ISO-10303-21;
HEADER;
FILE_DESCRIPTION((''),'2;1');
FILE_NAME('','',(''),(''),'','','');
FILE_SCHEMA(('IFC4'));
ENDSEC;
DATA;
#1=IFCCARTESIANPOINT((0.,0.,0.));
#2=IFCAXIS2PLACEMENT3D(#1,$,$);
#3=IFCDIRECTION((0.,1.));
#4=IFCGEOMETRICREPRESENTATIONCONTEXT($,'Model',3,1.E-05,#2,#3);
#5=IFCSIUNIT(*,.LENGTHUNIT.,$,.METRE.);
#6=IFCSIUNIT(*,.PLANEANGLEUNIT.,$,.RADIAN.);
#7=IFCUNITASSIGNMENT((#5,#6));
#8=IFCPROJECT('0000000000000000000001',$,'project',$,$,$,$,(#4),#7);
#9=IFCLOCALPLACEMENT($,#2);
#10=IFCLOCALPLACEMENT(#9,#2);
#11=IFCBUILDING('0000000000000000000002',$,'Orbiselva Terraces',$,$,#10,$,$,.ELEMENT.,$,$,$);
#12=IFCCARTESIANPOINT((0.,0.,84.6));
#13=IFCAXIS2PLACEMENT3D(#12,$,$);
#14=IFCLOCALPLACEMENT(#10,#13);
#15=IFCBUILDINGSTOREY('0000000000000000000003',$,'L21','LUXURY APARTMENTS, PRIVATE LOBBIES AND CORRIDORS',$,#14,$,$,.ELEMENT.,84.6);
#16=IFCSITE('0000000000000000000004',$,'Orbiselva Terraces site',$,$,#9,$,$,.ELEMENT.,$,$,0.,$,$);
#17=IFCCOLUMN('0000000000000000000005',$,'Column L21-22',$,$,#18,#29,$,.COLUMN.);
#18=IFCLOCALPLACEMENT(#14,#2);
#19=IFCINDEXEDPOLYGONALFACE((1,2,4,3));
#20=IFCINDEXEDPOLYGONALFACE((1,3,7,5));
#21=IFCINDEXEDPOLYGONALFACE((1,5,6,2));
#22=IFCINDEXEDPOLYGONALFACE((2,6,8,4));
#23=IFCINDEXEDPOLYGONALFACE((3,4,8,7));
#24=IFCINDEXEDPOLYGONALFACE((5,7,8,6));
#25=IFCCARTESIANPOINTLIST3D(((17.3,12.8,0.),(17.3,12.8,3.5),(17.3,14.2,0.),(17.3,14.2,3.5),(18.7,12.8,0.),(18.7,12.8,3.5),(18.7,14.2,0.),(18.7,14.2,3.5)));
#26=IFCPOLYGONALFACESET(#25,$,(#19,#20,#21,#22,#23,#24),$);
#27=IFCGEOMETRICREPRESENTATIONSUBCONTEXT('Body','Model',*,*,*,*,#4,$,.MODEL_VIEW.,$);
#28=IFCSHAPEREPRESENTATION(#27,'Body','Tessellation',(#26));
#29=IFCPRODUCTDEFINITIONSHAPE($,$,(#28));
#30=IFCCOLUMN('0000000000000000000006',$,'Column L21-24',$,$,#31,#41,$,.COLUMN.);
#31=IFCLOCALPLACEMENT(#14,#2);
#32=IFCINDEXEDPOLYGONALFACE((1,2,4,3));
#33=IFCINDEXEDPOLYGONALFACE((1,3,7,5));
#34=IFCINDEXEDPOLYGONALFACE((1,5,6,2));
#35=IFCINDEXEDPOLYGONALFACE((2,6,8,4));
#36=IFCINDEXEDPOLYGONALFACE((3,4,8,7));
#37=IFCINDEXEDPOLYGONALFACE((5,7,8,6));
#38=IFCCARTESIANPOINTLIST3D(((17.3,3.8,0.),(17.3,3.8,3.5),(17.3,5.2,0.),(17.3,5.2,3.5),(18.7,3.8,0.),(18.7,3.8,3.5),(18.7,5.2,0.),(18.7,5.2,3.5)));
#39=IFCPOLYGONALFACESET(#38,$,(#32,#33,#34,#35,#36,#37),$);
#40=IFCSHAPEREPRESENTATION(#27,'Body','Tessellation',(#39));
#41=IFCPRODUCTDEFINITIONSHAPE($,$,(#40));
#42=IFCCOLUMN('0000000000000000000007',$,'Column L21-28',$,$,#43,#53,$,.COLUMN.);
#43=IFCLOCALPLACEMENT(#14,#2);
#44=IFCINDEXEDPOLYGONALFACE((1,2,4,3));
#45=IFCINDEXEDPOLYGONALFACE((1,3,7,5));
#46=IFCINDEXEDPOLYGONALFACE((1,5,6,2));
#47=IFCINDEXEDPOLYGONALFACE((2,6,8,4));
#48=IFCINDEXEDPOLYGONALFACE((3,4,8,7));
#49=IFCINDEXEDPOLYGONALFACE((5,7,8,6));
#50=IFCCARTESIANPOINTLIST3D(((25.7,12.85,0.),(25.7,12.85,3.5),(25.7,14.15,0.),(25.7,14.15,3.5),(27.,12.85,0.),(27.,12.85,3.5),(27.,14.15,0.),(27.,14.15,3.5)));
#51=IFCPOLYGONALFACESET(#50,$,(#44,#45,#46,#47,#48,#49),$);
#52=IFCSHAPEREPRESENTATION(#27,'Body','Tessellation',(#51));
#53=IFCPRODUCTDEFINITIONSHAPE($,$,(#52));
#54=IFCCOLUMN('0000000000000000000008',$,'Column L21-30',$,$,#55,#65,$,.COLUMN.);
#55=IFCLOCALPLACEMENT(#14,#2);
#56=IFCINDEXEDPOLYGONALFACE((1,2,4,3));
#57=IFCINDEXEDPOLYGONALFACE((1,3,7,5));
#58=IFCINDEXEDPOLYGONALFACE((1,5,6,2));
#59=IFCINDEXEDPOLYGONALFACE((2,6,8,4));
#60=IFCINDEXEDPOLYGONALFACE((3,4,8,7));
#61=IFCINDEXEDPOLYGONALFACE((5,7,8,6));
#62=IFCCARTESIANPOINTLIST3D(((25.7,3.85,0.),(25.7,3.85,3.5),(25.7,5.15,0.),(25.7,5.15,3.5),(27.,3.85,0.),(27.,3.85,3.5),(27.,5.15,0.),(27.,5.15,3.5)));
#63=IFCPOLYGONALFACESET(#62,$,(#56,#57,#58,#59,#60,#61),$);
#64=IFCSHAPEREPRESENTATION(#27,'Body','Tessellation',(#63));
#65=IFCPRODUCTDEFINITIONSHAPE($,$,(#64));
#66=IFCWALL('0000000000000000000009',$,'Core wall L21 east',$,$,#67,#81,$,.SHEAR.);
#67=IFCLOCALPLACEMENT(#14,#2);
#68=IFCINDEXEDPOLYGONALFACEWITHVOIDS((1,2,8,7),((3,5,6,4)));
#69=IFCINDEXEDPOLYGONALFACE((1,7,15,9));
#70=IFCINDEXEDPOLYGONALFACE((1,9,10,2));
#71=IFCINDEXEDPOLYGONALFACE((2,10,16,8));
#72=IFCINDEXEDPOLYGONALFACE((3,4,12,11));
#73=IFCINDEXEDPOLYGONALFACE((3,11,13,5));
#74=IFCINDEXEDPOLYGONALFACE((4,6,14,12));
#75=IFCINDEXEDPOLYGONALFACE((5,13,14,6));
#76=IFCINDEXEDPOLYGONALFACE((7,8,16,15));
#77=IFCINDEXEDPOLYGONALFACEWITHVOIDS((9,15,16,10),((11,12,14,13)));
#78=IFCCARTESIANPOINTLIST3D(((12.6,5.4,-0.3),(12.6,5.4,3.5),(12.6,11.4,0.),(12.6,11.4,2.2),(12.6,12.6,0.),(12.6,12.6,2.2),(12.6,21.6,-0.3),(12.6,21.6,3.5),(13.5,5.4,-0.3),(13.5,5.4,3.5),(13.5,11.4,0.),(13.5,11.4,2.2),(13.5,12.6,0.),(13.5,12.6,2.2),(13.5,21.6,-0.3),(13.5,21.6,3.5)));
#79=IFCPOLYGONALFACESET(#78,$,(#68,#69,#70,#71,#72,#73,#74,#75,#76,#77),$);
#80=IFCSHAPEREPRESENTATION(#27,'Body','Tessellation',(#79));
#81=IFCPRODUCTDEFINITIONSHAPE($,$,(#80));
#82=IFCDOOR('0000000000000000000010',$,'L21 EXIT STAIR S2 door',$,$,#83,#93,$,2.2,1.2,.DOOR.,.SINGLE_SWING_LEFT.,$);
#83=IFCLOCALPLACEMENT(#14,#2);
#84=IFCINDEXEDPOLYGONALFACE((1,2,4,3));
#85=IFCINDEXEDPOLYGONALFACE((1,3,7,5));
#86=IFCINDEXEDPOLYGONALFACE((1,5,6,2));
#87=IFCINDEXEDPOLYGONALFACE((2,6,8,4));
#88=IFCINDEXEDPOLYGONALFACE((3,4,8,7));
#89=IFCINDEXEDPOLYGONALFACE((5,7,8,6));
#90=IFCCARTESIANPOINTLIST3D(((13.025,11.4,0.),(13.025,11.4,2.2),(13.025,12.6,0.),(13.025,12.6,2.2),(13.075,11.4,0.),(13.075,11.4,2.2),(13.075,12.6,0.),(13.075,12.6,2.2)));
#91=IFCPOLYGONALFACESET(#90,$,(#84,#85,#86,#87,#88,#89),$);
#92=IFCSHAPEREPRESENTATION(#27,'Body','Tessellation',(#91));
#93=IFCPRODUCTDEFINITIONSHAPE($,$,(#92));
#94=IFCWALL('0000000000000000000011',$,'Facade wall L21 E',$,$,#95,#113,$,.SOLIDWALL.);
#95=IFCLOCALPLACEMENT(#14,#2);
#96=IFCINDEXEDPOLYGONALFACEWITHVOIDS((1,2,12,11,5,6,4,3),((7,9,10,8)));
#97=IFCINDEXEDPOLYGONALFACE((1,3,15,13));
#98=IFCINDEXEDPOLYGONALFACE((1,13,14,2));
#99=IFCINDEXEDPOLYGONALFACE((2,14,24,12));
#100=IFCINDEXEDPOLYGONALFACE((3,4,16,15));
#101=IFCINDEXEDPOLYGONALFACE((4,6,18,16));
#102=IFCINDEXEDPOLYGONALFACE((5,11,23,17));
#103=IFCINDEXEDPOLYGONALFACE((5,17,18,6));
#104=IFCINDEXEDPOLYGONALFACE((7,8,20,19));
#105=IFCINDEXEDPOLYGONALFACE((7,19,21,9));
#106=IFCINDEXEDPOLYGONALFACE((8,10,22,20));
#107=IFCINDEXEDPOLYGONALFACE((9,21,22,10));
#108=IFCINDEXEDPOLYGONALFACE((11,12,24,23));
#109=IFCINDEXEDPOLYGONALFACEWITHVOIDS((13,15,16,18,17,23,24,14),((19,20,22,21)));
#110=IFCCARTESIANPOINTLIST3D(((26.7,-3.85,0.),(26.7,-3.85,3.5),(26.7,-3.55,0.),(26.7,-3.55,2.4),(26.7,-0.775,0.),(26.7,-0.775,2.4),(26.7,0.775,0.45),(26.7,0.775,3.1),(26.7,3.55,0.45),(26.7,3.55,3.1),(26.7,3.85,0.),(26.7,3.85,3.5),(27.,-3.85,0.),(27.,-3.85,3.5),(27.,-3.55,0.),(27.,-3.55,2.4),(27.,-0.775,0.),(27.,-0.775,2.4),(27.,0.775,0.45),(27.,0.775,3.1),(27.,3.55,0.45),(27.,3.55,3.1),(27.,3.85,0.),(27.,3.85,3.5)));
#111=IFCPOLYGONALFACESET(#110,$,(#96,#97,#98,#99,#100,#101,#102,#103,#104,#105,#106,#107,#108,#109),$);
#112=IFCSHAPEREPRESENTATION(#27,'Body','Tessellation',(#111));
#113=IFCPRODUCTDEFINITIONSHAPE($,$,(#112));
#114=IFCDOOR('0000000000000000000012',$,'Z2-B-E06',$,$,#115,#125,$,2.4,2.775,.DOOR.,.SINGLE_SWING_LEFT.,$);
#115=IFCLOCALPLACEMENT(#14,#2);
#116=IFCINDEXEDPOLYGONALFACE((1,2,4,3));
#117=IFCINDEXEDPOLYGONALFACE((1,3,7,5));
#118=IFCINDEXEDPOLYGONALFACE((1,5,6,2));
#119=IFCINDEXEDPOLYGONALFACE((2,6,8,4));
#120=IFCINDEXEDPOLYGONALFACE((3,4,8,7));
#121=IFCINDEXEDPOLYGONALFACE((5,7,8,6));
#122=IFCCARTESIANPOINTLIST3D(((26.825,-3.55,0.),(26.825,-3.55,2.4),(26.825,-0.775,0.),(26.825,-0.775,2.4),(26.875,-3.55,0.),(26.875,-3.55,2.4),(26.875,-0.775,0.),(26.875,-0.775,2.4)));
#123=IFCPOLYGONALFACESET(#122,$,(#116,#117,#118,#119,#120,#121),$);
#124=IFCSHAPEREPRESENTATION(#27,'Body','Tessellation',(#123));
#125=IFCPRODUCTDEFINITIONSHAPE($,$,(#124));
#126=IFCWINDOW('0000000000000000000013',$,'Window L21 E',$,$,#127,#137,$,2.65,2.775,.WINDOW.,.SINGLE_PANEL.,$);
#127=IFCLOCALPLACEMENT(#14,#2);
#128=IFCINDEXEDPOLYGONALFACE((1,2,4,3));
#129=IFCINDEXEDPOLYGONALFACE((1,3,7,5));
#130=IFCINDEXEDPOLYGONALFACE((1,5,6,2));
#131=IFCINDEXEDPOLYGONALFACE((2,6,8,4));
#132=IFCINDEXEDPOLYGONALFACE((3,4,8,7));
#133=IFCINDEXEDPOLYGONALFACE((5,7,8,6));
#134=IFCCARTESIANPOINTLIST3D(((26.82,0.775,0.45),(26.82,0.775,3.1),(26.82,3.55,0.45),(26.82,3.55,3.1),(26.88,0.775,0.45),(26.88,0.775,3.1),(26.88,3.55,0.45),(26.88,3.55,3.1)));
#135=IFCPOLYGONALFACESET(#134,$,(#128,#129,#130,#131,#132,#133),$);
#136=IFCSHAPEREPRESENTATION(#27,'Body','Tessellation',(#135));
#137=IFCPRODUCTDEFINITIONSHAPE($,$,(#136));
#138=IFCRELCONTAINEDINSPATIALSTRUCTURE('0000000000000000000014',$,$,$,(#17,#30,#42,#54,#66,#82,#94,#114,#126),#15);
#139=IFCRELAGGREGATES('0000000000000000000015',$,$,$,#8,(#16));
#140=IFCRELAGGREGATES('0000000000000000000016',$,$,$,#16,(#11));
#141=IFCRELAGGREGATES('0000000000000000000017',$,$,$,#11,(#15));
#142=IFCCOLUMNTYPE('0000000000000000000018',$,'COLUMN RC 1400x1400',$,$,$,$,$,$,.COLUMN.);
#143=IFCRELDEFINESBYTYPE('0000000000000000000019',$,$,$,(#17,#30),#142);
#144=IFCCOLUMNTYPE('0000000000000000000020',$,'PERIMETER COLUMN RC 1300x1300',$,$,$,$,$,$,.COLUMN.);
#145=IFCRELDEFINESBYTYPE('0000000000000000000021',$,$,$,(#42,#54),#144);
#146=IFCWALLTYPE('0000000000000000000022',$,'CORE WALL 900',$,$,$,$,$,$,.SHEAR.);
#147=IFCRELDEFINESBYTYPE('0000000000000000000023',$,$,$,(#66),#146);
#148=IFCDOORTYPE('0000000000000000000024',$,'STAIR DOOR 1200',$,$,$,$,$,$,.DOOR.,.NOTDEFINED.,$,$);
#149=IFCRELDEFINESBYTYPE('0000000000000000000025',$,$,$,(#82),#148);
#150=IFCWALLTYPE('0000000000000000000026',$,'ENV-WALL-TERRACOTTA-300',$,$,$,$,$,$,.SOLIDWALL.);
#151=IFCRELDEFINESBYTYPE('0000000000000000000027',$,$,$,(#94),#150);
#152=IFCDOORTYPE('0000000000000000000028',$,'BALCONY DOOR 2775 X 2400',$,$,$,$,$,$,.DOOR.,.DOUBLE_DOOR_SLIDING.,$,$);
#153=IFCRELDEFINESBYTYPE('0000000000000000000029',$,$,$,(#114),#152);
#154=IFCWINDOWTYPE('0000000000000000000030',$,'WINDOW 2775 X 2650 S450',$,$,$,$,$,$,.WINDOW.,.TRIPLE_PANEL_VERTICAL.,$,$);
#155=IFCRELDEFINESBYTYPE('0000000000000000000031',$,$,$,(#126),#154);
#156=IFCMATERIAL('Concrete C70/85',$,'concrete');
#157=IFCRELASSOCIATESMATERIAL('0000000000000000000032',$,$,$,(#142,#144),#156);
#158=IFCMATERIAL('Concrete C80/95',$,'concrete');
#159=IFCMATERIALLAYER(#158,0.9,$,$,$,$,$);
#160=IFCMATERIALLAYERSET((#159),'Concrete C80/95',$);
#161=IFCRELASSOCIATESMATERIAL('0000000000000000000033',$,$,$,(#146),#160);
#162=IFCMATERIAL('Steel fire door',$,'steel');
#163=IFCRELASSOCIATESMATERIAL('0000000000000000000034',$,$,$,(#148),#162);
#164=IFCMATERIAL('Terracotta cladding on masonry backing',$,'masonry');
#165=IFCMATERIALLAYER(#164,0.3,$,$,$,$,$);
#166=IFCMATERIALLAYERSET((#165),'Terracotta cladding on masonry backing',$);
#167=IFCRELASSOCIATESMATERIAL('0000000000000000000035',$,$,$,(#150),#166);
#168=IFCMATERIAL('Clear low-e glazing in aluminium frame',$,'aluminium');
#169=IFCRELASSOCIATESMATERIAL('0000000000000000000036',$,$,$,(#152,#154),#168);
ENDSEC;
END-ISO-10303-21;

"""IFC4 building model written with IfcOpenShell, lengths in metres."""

from ifc_helpers import new_model, si_unit, direction, frame, frame_2d, origin, origin_2d, place, context, subcontext, project, spatial, rectangle, extrude, material, layer, layer_set, material_profile, profile_set, type_object, element, fill, save


model = new_model("IFC4")

# Units and contexts
model_context = context("Model", 3, precision=1e-05, world=origin(), true_north=direction((0.0, 1.0)))
body_context = subcontext(model_context, "Body", "Model", "MODEL_VIEW")
ifc_project = project(units=[si_unit("LENGTHUNIT", "METRE"), si_unit("PLANEANGLEUNIT", "RADIAN")], contexts=[model_context])

# Site, building, storey
site_placement = place(None, origin())
site = spatial("IfcSite", under=ifc_project, at=site_placement, Name="Orbiselva Terraces site", CompositionType="ELEMENT", RefElevation=0.0)
building_placement = place(site_placement, origin())
building = spatial("IfcBuilding", under=site, at=building_placement, Name="Orbiselva Terraces", CompositionType="ELEMENT")
storey_placement = place(building_placement, frame((0.0, 0.0, 84.6)))
storey = spatial("IfcBuildingStorey", under=building, at=storey_placement, Name="L21", Description="LUXURY APARTMENTS, PRIVATE LOBBIES AND CORRIDORS", CompositionType="ELEMENT", Elevation=84.6)

# Columns
ifc_material_1 = material(Name="Concrete C70/85", Category="concrete")
ifc_material_profile_1 = material_profile(ifc_material_1, rectangle(XDim=1.4, YDim=1.4, at=origin_2d()), Name="RC 1400x1400")
ifc_profile_set_1 = profile_set([ifc_material_profile_1], Name="Concrete C70/85")
column_type_1 = type_object("IfcColumnType", Name="COLUMN RC 1400x1400", PredefinedType="COLUMN", material=ifc_profile_set_1)
for number, where, z_axis, x_axis, name in (
    (1, (18.0, 13.5, 0.0), (0.0, 0.0, 1.0), (1.0, 0.0, 0.0), "Column L21-22"),
    (2, (18.0, 4.5, 0.0), (0.0, 0.0, 1.0), (1.0, 0.0, 0.0), "Column L21-24"),
):
    element("IfcColumn", number, at=place(storey_placement, frame(where, z_axis=z_axis, x_axis=x_axis)), inside=storey, type_object=column_type_1, Name=name, PredefinedType="COLUMN", context=body_context, shape_type="SweptSolid", body=[
        extrude(rectangle(XDim=1.4, YDim=1.4, at=origin_2d()), origin(), (0.0, 0.0, 1.0), 3.5),
    ])
ifc_material_profile_2 = material_profile(ifc_material_1, rectangle(XDim=1.3, YDim=1.3, at=origin_2d()), Name="RC 1300x1300")
ifc_profile_set_2 = profile_set([ifc_material_profile_2], Name="Concrete C70/85")
column_type_2 = type_object("IfcColumnType", Name="PERIMETER COLUMN RC 1300x1300", PredefinedType="COLUMN", material=ifc_profile_set_2)
for number, where, z_axis, x_axis, name in (
    (3, (26.35, 13.5, 0.0), (0.0, 0.0, 1.0), (1.0, 0.0, 0.0), "Column L21-28"),
    (4, (26.35, 4.5, 0.0), (0.0, 0.0, 1.0), (1.0, 0.0, 0.0), "Column L21-30"),
):
    element("IfcColumn", number, at=place(storey_placement, frame(where, z_axis=z_axis, x_axis=x_axis)), inside=storey, type_object=column_type_2, Name=name, PredefinedType="COLUMN", context=body_context, shape_type="SweptSolid", body=[
        extrude(rectangle(XDim=1.3, YDim=1.3, at=origin_2d()), origin(), (0.0, 0.0, 1.0), 3.5),
    ])

# Wall, opening, door
ifc_material_2 = material(Name="Concrete C80/95", Category="concrete")
ifc_layer_1 = layer(ifc_material_2, 0.9)
ifc_layer_set_1 = layer_set([ifc_layer_1], Name="Concrete C80/95")
wall_type_1 = type_object("IfcWallType", Name="CORE WALL 900", PredefinedType="SHEAR", material=ifc_layer_set_1)
wall_1_placement = place(storey_placement, frame((13.05, 5.4, -0.3), z_axis=(0.0, 0.0, 1.0), x_axis=(0.0, 1.0, 0.0)))
wall_1 = element("IfcWall", 5, at=wall_1_placement, inside=storey, type_object=wall_type_1, Name="Core wall L21 east", PredefinedType="SHEAR", context=body_context, shape_type="SweptSolid", body=[
    extrude(rectangle(XDim=16.2, YDim=0.9, at=frame_2d((8.1, 0.0))), origin(), (0.0, 0.0, 1.0), 3.8),
])
opening_1_placement = place(wall_1_placement, frame((6.0, 0.0, 0.3)))
opening_1 = element("IfcOpeningElement", 6, at=opening_1_placement, cuts=wall_1, PredefinedType="OPENING", context=body_context, shape_type="SweptSolid", body=[
    extrude(rectangle(XDim=1.2, YDim=2.2, at=frame_2d((0.6, 1.1))), frame((0.0, 0.46, 0.0), z_axis=(0.0, -1.0, 0.0), x_axis=(1.0, 0.0, 0.0)), (0.0, 0.0, 1.0), 0.92),
])
ifc_material_3 = material(Name="Steel fire door", Category="steel")
door_type_1 = type_object("IfcDoorType", Name="STAIR DOOR 1200", OperationType="NOTDEFINED", PredefinedType="DOOR", material=ifc_material_3)
door_1_placement = place(opening_1_placement, frame((1.2, 0.0, 0.0), z_axis=(0.0, 0.0, 1.0), x_axis=(-1.0, 0.0, 0.0)))
door_1 = element("IfcDoor", 7, at=door_1_placement, inside=storey, type_object=door_type_1, Name="L21 EXIT STAIR S2 door", OperationType="SINGLE_SWING_LEFT", OverallHeight=2.2, OverallWidth=1.2, PredefinedType="DOOR", context=body_context, shape_type="SweptSolid", body=[
    extrude(rectangle(XDim=1.2, YDim=2.2, at=frame_2d((0.6, 1.1))), frame((0.0, 0.025, 0.0), z_axis=(0.0, -1.0, 0.0), x_axis=(1.0, 0.0, 0.0)), (0.0, 0.0, 1.0), 0.05),
])
fill(opening_1, door_1)

# Wall, openings, door, window
ifc_material_4 = material(Name="Terracotta cladding on masonry backing", Category="masonry")
ifc_layer_2 = layer(ifc_material_4, 0.3)
ifc_layer_set_2 = layer_set([ifc_layer_2], Name="Terracotta cladding on masonry backing")
wall_type_2 = type_object("IfcWallType", Name="ENV-WALL-TERRACOTTA-300", PredefinedType="SOLIDWALL", material=ifc_layer_set_2)
wall_2_placement = place(storey_placement, frame((26.85, 3.85, 0.0), z_axis=(0.0, 0.0, 1.0), x_axis=(0.0, -1.0, 0.0)))
wall_2 = element("IfcWall", 8, at=wall_2_placement, inside=storey, type_object=wall_type_2, Name="Facade wall L21 E", PredefinedType="SOLIDWALL", context=body_context, shape_type="SweptSolid", body=[
    extrude(rectangle(XDim=7.7, YDim=0.3, at=frame_2d((3.85, 0.0))), origin(), (0.0, 0.0, 1.0), 3.5),
])
opening_2_placement = place(wall_2_placement, frame((4.625, 0.0, 0.0)))
opening_2 = element("IfcOpeningElement", 9, at=opening_2_placement, cuts=wall_2, PredefinedType="OPENING", context=body_context, shape_type="SweptSolid", body=[
    extrude(rectangle(XDim=2.775, YDim=2.4, at=frame_2d((1.3875, 1.2))), frame((0.0, 0.16, 0.0), z_axis=(0.0, -1.0, 0.0), x_axis=(1.0, 0.0, 0.0)), (0.0, 0.0, 1.0), 0.32),
])
opening_3_placement = place(wall_2_placement, frame((0.3, 0.0, 0.45)))
opening_3 = element("IfcOpeningElement", 10, at=opening_3_placement, cuts=wall_2, PredefinedType="OPENING", context=body_context, shape_type="SweptSolid", body=[
    extrude(rectangle(XDim=2.775, YDim=2.65, at=frame_2d((1.3875, 1.325))), frame((0.0, 0.16, 0.0), z_axis=(0.0, -1.0, 0.0), x_axis=(1.0, 0.0, 0.0)), (0.0, 0.0, 1.0), 0.32),
])
ifc_material_5 = material(Name="Clear low-e glazing in aluminium frame", Category="aluminium")
door_type_2 = type_object("IfcDoorType", Name="BALCONY DOOR 2775 X 2400", OperationType="DOUBLE_DOOR_SLIDING", PredefinedType="DOOR", material=ifc_material_5)
door_2_placement = place(opening_2_placement, origin())
door_2 = element("IfcDoor", 11, at=door_2_placement, inside=storey, type_object=door_type_2, Name="Z2-B-E06", OperationType="SINGLE_SWING_LEFT", OverallHeight=2.4, OverallWidth=2.775, PredefinedType="DOOR", context=body_context, shape_type="SweptSolid", body=[
    extrude(rectangle(XDim=2.775, YDim=2.4, at=frame_2d((1.3875, 1.2))), frame((0.0, 0.025, 0.0), z_axis=(0.0, -1.0, 0.0), x_axis=(1.0, 0.0, 0.0)), (0.0, 0.0, 1.0), 0.05),
])
fill(opening_2, door_2)
window_type = type_object("IfcWindowType", Name="WINDOW 2775 X 2650 S450", PartitioningType="TRIPLE_PANEL_VERTICAL", PredefinedType="WINDOW", material=ifc_material_5)
window_1_placement = place(opening_3_placement, origin())
window_1 = element("IfcWindow", 12, at=window_1_placement, inside=storey, type_object=window_type, Name="Window L21 E", OverallHeight=2.65, OverallWidth=2.775, PartitioningType="SINGLE_PANEL", PredefinedType="WINDOW", context=body_context, shape_type="SweptSolid", body=[
    extrude(rectangle(XDim=2.775, YDim=2.65, at=frame_2d((1.3875, 1.325))), frame((0.0, 0.03, 0.0), z_axis=(0.0, -1.0, 0.0), x_axis=(1.0, 0.0, 0.0)), (0.0, 0.0, 1.0), 0.06),
])
fill(opening_3, window_1)

save(model, "model.ifc")
